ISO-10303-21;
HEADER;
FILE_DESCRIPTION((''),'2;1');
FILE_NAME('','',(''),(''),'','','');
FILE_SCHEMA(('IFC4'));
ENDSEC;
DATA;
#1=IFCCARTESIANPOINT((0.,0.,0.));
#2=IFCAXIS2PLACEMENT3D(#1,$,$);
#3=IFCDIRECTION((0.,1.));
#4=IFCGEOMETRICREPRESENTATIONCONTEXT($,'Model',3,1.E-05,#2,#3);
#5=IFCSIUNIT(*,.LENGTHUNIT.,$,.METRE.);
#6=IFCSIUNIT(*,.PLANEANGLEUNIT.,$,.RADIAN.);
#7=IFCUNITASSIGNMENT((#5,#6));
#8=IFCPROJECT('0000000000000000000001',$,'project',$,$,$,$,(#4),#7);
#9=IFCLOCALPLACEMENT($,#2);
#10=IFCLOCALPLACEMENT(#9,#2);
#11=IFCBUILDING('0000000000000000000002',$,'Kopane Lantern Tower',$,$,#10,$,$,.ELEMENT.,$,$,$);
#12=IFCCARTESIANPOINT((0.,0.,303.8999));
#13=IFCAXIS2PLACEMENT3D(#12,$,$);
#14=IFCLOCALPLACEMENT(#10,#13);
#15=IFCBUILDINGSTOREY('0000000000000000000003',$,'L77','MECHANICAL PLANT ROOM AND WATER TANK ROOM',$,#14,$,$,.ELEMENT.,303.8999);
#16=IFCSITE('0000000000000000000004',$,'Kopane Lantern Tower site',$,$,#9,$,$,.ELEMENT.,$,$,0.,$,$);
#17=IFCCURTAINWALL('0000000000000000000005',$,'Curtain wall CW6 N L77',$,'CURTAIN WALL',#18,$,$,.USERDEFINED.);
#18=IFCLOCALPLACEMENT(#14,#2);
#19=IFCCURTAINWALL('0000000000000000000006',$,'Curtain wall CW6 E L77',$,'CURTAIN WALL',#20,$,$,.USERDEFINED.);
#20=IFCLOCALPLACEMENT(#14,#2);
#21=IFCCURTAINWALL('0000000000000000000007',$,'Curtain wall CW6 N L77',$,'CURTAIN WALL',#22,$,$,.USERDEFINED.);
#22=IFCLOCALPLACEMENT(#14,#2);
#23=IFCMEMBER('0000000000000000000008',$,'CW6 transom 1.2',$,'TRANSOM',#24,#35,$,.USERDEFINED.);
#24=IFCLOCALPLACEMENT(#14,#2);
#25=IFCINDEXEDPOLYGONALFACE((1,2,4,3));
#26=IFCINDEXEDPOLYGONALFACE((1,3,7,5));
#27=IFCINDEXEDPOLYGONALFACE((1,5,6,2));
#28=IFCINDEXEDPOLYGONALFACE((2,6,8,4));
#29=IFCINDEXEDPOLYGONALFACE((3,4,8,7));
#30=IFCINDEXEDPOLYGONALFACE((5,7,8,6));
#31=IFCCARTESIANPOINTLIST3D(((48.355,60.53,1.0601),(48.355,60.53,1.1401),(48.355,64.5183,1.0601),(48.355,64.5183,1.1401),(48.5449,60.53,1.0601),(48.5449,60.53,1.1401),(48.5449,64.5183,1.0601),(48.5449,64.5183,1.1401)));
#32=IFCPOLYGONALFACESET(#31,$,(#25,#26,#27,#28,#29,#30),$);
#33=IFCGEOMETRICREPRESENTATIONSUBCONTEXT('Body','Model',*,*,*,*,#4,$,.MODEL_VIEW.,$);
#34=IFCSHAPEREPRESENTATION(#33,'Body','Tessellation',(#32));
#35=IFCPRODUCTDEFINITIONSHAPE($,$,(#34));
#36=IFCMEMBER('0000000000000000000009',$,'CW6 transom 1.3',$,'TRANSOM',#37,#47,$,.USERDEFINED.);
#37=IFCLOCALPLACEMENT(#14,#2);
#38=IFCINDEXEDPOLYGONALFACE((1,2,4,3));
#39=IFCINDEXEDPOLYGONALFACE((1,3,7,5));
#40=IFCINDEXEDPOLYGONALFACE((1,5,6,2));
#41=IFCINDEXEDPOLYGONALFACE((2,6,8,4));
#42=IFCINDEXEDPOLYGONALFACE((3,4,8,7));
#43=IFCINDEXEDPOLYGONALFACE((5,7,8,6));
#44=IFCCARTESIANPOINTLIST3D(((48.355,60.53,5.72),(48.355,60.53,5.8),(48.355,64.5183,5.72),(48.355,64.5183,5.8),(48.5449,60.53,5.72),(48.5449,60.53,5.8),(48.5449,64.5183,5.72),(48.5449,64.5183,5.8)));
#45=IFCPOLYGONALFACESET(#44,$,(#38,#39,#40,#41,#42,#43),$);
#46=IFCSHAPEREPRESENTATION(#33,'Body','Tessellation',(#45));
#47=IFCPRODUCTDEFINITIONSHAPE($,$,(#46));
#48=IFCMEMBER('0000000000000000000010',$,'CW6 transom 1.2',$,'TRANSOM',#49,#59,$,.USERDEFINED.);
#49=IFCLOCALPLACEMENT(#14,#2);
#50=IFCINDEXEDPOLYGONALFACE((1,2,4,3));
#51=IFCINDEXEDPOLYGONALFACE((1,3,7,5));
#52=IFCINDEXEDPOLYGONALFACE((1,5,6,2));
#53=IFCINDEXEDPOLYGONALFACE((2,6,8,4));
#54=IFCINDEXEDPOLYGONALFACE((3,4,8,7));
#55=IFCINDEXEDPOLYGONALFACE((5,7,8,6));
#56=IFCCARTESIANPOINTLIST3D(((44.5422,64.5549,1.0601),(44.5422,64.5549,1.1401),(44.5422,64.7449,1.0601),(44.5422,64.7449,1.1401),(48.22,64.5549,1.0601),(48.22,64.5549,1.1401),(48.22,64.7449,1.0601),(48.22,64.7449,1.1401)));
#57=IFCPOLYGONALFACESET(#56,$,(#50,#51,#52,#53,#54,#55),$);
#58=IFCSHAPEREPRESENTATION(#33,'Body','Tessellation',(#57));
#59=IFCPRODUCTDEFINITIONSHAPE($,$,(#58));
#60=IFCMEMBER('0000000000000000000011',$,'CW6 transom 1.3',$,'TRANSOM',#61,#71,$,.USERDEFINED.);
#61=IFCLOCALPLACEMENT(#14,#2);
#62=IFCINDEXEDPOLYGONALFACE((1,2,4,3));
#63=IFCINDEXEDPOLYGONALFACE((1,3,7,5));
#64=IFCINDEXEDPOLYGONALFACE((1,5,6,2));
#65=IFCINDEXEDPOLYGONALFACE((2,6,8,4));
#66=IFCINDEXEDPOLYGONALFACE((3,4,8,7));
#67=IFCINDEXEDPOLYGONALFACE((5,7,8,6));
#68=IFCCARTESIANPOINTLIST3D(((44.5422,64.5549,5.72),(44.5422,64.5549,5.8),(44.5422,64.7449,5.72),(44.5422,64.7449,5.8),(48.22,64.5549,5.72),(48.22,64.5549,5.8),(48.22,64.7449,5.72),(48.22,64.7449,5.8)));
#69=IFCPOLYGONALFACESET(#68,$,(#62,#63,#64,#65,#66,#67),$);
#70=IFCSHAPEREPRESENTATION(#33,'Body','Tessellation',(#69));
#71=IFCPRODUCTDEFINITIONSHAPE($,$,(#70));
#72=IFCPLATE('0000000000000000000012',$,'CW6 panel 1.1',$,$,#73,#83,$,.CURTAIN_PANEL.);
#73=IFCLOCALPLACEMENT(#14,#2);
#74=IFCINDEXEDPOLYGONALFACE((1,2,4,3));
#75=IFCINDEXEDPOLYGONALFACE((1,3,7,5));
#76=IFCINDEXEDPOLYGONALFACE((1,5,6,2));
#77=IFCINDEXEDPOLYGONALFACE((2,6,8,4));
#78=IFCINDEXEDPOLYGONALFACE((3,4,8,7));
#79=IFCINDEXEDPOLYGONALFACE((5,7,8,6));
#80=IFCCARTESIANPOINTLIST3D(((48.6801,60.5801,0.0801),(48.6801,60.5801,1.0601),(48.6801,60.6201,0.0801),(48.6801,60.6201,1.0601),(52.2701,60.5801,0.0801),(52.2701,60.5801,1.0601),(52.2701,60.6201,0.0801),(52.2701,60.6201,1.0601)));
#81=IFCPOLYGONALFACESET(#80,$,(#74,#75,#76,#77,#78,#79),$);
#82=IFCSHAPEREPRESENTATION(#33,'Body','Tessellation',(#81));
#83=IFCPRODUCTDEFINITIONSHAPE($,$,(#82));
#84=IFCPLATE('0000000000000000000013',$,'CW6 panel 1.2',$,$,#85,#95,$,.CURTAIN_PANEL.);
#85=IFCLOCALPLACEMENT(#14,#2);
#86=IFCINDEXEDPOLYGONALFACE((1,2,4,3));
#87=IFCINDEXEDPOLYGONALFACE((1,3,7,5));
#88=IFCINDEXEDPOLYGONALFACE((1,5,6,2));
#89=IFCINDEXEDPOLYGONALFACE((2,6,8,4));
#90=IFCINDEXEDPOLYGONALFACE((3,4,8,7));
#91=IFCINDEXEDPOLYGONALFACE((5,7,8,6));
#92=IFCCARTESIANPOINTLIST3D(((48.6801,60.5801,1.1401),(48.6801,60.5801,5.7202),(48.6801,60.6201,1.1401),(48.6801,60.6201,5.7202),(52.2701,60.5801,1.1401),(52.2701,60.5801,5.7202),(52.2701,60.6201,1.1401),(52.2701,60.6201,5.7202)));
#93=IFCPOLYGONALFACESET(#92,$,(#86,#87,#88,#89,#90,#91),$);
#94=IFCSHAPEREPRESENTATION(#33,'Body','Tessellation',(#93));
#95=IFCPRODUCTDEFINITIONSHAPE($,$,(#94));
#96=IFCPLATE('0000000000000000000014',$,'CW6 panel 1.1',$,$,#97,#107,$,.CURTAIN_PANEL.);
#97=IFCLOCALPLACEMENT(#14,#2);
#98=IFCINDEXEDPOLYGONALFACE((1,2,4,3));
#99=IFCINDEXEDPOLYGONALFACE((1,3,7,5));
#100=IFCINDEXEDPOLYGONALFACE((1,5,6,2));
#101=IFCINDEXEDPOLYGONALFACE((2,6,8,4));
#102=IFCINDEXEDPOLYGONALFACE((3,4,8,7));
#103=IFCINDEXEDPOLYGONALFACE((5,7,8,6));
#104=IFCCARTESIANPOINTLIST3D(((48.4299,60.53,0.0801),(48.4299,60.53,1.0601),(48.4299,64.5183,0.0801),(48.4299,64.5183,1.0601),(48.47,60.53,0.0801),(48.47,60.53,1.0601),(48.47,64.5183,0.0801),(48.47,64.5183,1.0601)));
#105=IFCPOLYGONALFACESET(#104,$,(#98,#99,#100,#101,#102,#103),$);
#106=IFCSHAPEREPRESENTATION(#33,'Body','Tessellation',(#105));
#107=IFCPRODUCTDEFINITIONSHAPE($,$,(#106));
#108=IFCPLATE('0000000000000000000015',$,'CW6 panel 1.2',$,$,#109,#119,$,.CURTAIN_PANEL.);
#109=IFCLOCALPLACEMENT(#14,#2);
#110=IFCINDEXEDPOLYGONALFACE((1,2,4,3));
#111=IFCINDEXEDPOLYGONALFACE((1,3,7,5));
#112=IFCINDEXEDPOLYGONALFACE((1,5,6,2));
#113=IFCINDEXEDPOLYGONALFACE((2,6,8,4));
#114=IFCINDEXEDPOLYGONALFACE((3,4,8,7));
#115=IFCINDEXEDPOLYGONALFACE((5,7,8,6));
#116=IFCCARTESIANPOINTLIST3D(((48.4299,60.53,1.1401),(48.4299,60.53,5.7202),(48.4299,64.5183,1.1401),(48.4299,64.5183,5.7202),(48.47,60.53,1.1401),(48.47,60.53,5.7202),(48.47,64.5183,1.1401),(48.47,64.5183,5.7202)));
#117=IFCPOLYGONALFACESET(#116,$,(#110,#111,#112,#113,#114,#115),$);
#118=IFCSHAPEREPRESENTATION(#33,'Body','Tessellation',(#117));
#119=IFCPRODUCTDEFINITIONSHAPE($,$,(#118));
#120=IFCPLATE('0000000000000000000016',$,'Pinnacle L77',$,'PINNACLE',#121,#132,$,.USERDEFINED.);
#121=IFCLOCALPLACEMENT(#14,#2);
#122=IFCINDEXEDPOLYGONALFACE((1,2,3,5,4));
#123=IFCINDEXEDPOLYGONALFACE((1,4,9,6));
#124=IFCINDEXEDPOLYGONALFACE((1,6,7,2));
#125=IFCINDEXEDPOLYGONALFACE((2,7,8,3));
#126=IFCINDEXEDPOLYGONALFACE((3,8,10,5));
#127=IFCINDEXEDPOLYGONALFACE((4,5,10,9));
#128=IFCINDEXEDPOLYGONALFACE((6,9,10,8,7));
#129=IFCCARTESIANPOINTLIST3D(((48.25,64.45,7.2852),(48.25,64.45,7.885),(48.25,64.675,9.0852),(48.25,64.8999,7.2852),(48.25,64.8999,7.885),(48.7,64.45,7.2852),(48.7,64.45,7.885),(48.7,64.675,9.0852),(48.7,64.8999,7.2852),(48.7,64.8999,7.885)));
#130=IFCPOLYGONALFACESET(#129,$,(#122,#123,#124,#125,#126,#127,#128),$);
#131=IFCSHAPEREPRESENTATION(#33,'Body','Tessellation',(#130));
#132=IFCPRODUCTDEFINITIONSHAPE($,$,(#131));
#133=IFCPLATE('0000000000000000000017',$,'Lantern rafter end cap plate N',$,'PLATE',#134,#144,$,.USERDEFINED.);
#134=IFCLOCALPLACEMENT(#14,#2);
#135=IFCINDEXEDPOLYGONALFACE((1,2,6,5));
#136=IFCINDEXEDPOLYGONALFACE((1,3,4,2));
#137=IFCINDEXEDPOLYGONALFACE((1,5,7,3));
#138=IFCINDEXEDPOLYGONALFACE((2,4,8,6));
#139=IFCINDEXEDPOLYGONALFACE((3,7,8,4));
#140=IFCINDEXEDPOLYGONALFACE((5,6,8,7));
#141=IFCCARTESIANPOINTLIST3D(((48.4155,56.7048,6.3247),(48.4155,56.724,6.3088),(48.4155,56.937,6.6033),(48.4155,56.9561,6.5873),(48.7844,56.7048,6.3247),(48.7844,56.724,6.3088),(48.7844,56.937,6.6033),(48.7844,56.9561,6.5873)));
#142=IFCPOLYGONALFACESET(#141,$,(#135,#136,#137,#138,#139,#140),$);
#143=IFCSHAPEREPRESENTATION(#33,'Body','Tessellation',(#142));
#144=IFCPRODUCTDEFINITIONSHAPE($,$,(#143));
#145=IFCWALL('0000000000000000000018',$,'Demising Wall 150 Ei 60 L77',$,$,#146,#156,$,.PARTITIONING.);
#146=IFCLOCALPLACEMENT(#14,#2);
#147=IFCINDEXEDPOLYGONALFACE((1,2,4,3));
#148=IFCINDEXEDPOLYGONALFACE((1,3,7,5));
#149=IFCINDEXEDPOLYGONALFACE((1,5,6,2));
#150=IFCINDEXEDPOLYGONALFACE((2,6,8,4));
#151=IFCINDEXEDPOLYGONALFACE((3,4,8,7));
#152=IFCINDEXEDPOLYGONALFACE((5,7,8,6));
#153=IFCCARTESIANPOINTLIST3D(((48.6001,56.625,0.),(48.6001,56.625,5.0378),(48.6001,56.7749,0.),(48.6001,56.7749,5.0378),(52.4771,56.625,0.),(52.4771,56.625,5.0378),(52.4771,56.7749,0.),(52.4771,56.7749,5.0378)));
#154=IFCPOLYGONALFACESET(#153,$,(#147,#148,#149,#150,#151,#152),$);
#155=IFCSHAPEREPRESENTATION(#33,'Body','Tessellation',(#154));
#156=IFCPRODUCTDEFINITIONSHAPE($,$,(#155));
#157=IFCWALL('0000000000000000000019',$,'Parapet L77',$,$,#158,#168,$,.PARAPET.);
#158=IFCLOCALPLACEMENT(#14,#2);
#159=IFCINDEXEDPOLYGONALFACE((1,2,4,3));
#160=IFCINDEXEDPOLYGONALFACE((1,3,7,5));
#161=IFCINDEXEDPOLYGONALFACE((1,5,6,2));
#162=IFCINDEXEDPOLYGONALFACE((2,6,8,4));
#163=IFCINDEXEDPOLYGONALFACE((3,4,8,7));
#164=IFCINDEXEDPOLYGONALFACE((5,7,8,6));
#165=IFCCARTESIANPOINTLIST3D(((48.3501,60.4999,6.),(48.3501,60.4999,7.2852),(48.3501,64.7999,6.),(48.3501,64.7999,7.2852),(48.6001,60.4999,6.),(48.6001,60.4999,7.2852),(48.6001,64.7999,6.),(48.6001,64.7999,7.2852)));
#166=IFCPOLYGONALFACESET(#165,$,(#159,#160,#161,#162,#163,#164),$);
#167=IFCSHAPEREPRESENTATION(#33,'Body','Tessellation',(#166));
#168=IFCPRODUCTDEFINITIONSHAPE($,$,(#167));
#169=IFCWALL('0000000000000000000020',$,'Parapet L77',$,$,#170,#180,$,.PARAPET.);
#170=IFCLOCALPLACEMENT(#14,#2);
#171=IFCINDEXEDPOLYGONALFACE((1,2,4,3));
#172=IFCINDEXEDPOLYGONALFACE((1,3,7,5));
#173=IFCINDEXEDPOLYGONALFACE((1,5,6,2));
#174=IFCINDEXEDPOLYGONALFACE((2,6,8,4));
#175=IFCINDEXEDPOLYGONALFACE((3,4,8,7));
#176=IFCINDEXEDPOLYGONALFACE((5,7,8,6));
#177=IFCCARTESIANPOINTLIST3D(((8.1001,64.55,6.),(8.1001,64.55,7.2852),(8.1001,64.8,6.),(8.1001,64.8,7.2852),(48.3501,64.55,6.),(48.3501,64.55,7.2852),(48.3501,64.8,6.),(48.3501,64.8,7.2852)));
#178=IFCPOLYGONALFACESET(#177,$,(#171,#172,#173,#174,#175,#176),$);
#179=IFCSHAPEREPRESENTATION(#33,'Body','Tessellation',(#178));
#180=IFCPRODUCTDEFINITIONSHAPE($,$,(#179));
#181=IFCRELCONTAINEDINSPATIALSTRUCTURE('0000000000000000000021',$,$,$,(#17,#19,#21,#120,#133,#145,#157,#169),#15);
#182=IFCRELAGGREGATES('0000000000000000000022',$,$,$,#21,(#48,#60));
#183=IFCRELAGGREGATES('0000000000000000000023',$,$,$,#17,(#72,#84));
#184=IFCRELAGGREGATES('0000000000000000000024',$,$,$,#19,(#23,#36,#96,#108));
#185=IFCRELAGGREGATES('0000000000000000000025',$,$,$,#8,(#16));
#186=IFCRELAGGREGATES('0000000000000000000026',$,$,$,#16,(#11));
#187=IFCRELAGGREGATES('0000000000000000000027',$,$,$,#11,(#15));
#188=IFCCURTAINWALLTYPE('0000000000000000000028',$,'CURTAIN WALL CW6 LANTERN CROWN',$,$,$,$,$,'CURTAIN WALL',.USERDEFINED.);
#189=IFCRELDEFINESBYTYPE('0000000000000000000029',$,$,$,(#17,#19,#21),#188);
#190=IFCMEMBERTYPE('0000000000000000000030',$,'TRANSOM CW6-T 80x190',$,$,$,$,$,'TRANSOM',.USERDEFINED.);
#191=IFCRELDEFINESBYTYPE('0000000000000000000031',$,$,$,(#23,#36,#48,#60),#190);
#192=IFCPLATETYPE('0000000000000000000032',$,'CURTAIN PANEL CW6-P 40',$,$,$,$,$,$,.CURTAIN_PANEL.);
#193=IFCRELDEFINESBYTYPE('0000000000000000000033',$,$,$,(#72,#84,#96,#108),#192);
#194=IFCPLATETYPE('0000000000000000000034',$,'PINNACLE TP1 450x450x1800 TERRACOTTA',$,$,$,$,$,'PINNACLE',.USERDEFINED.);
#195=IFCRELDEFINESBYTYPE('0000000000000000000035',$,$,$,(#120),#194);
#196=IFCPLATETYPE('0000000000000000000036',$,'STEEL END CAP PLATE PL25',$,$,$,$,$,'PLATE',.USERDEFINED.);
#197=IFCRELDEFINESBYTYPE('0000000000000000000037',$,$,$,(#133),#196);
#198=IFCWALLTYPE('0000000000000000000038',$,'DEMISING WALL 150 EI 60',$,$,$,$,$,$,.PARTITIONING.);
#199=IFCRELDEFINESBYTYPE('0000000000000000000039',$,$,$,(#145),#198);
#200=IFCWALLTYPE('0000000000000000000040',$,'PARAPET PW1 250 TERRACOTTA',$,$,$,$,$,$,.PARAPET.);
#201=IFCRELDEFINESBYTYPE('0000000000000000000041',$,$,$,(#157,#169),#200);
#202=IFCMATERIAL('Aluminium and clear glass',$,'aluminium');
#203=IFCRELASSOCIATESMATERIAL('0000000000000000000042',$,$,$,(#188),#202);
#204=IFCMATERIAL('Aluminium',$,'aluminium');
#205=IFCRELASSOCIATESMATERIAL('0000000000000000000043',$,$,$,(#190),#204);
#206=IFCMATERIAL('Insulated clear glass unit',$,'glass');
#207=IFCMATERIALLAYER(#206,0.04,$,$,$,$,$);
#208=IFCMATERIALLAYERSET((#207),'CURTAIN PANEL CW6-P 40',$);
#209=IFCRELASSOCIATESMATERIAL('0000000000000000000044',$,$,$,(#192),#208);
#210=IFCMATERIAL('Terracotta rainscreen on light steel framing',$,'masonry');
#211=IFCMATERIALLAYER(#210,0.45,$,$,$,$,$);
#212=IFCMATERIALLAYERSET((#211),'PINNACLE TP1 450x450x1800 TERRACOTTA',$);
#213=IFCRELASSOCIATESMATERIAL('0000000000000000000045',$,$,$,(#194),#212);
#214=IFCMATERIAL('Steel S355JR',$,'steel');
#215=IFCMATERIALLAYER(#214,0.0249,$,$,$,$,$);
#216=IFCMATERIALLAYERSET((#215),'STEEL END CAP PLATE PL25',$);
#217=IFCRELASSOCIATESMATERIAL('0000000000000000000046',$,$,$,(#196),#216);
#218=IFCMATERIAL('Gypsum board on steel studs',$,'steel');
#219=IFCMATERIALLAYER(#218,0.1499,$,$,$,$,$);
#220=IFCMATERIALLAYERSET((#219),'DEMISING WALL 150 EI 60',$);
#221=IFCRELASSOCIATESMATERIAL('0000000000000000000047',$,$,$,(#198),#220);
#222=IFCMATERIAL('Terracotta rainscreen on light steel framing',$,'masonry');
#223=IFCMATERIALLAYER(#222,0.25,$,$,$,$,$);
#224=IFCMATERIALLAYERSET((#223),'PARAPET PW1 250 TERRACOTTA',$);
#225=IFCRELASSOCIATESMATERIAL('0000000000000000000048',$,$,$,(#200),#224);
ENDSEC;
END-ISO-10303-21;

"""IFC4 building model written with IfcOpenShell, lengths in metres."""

from ifc_helpers import new_model, si_unit, direction, frame, frame_2d, origin, origin_2d, place, context, subcontext, project, spatial, polyline, rectangle, outline, extrude, material, layer, layer_set, material_profile, profile_set, type_object, element, aggregate, save


model = new_model("IFC4")

# Units and contexts
model_context = context("Model", 3, precision=1e-05, world=origin(), true_north=direction((0.0, 1.0)))
body_context = subcontext(model_context, "Body", "Model", "MODEL_VIEW")
ifc_project = project(units=[si_unit("LENGTHUNIT", "METRE"), si_unit("PLANEANGLEUNIT", "RADIAN")], contexts=[model_context])

# Site, building, storey
site_placement = place(None, origin())
site = spatial("IfcSite", under=ifc_project, at=site_placement, Name="Kopane Lantern Tower site", CompositionType="ELEMENT", RefElevation=0.0)
building_placement = place(site_placement, origin())
building = spatial("IfcBuilding", under=site, at=building_placement, Name="Kopane Lantern Tower", CompositionType="ELEMENT")
storey_placement = place(building_placement, frame((0.0, 0.0, 303.8999)))
storey = spatial("IfcBuildingStorey", under=building, at=storey_placement, Name="L77", Description="MECHANICAL PLANT ROOM AND WATER TANK ROOM", CompositionType="ELEMENT", Elevation=303.8999)

# Curtain wall
ifc_material_1 = material(Name="Aluminium and clear glass", Category="aluminium")
curtain_wall_type = type_object("IfcCurtainWallType", Name="CURTAIN WALL CW6 LANTERN CROWN", ElementType="CURTAIN WALL", PredefinedType="USERDEFINED", material=ifc_material_1)
curtain_wall_1_placement = place(storey_placement, origin())
curtain_wall_1 = element("IfcCurtainWall", 1, at=curtain_wall_1_placement, inside=storey, type_object=curtain_wall_type, Name="Curtain wall CW6 N L77", ObjectType="CURTAIN WALL", PredefinedType="USERDEFINED")

# Curtain wall
curtain_wall_2_placement = place(storey_placement, origin())
curtain_wall_2 = element("IfcCurtainWall", 2, at=curtain_wall_2_placement, inside=storey, type_object=curtain_wall_type, Name="Curtain wall CW6 E L77", ObjectType="CURTAIN WALL", PredefinedType="USERDEFINED")

# Curtain wall
curtain_wall_3_placement = place(storey_placement, origin())
curtain_wall_3 = element("IfcCurtainWall", 3, at=curtain_wall_3_placement, inside=storey, type_object=curtain_wall_type, Name="Curtain wall CW6 N L77", ObjectType="CURTAIN WALL", PredefinedType="USERDEFINED")

# Members
ifc_material_2 = material(Name="Aluminium", Category="aluminium")
ifc_material_profile_1 = material_profile(ifc_material_2, rectangle(XDim=0.1899, YDim=0.0801, at=origin_2d()), Name="AL 190x80")
ifc_profile_set_1 = profile_set([ifc_material_profile_1], Name="Aluminium")
member_type_1 = type_object("IfcMemberType", Name="TRANSOM CW6-T 80x190", ElementType="TRANSOM", PredefinedType="USERDEFINED", material=ifc_profile_set_1)
member_1_placement = place(storey_placement, frame((48.45, 60.53, 1.1001), z_axis=(0.0, 1.0, 0.0), x_axis=(-1.0, 0.0, 0.0)))
member_1 = element("IfcMember", 4, at=member_1_placement, type_object=member_type_1, Name="CW6 transom 1.2", ObjectType="TRANSOM", PredefinedType="USERDEFINED", context=body_context, shape_type="SweptSolid", body=[
    extrude(rectangle(XDim=0.1899, YDim=0.0801, at=origin_2d()), origin(), (0.0, 0.0, 1.0), 3.9883),
])
member_2_placement = place(storey_placement, frame((48.45, 60.53, 5.76), z_axis=(0.0, 1.0, 0.0), x_axis=(-1.0, 0.0, 0.0)))
member_2 = element("IfcMember", 5, at=member_2_placement, type_object=member_type_1, Name="CW6 transom 1.3", ObjectType="TRANSOM", PredefinedType="USERDEFINED", context=body_context, shape_type="SweptSolid", body=[
    extrude(rectangle(XDim=0.1899, YDim=0.0801, at=origin_2d()), origin(), (0.0, 0.0, 1.0), 3.9883),
])
member_3_placement = place(storey_placement, frame((48.22, 64.6499, 1.1001), z_axis=(-1.0, 0.0, 0.0), x_axis=(0.0, -1.0, 0.0)))
member_3 = element("IfcMember", 6, at=member_3_placement, type_object=member_type_1, Name="CW6 transom 1.2", ObjectType="TRANSOM", PredefinedType="USERDEFINED", context=body_context, shape_type="SweptSolid", body=[
    extrude(rectangle(XDim=0.1899, YDim=0.0801, at=origin_2d()), origin(), (0.0, 0.0, 1.0), 3.6777),
])
member_4_placement = place(storey_placement, frame((48.22, 64.6499, 5.76), z_axis=(-1.0, 0.0, 0.0), x_axis=(0.0, -1.0, 0.0)))
member_4 = element("IfcMember", 7, at=member_4_placement, type_object=member_type_1, Name="CW6 transom 1.3", ObjectType="TRANSOM", PredefinedType="USERDEFINED", context=body_context, shape_type="SweptSolid", body=[
    extrude(rectangle(XDim=0.1899, YDim=0.0801, at=origin_2d()), origin(), (0.0, 0.0, 1.0), 3.6777),
])
aggregate(curtain_wall_3, [member_3, member_4])

# Plates
ifc_material_3 = material(Name="Insulated clear glass unit", Category="glass")
ifc_layer_1 = layer(ifc_material_3, 0.04)
ifc_layer_set_1 = layer_set([ifc_layer_1], Name="CURTAIN PANEL CW6-P 40")
plate_type_1 = type_object("IfcPlateType", Name="CURTAIN PANEL CW6-P 40", PredefinedType="CURTAIN_PANEL", material=ifc_layer_set_1)
plate_1_placement = place(storey_placement, frame((50.4751, 60.6001, 0.0801), z_axis=(0.0, 0.0, 1.0), x_axis=(-1.0, 0.0, 0.0)))
plate_1 = element("IfcPlate", 8, at=plate_1_placement, type_object=plate_type_1, Name="CW6 panel 1.1", PredefinedType="CURTAIN_PANEL", context=body_context, shape_type="SweptSolid", body=[
    extrude(rectangle(XDim=3.5901, YDim=0.04, at=origin_2d()), origin(), (0.0, 0.0, 1.0), 0.98),
])
plate_2_placement = place(storey_placement, frame((50.4751, 60.6001, 1.1401), z_axis=(0.0, 0.0, 1.0), x_axis=(-1.0, 0.0, 0.0)))
plate_2 = element("IfcPlate", 9, at=plate_2_placement, type_object=plate_type_1, Name="CW6 panel 1.2", PredefinedType="CURTAIN_PANEL", context=body_context, shape_type="SweptSolid", body=[
    extrude(rectangle(XDim=3.5901, YDim=0.04, at=origin_2d()), origin(), (0.0, 0.0, 1.0), 4.5801),
])
aggregate(curtain_wall_1, [plate_1, plate_2])
plate_3_placement = place(storey_placement, frame((48.45, 62.5242, 0.0801), z_axis=(0.0, 0.0, 1.0), x_axis=(0.0, 1.0, 0.0)))
plate_3 = element("IfcPlate", 10, at=plate_3_placement, type_object=plate_type_1, Name="CW6 panel 1.1", PredefinedType="CURTAIN_PANEL", context=body_context, shape_type="SweptSolid", body=[
    extrude(rectangle(XDim=3.9883, YDim=0.04, at=origin_2d()), origin(), (0.0, 0.0, 1.0), 0.98),
])
plate_4_placement = place(storey_placement, frame((48.45, 62.5242, 1.1401), z_axis=(0.0, 0.0, 1.0), x_axis=(0.0, 1.0, 0.0)))
plate_4 = element("IfcPlate", 11, at=plate_4_placement, type_object=plate_type_1, Name="CW6 panel 1.2", PredefinedType="CURTAIN_PANEL", context=body_context, shape_type="SweptSolid", body=[
    extrude(rectangle(XDim=3.9883, YDim=0.04, at=origin_2d()), origin(), (0.0, 0.0, 1.0), 4.5801),
])
aggregate(curtain_wall_2, [member_1, member_2, plate_3, plate_4])

# Plates
ifc_material_4 = material(Name="Terracotta rainscreen on light steel framing", Category="masonry")
ifc_layer_2 = layer(ifc_material_4, 0.45)
ifc_layer_set_2 = layer_set([ifc_layer_2], Name="PINNACLE TP1 450x450x1800 TERRACOTTA")
plate_type_2 = type_object("IfcPlateType", Name="PINNACLE TP1 450x450x1800 TERRACOTTA", ElementType="PINNACLE", PredefinedType="USERDEFINED", material=ifc_layer_set_2)
plate_5_placement = place(storey_placement, frame((48.4751, 64.45, 7.2852), z_axis=(0.0, 0.0, 1.0), x_axis=(0.0, 1.0, 0.0)))
element("IfcPlate", 12, at=plate_5_placement, inside=storey, type_object=plate_type_2, Name="Pinnacle L77", ObjectType="PINNACLE", PredefinedType="USERDEFINED", context=body_context, shape_type="SweptSolid", body=[
    extrude(outline(polyline([(0.0, 0.0), (0.45, 0.0), (0.45, 0.5999), (0.2251, 1.8), (0.0, 0.5999), (0.0, 0.0)])), frame((0.0, 0.2251, 0.0), z_axis=(0.0, -1.0, 0.0), x_axis=(1.0, 0.0, 0.0)), (0.0, 0.0, 1.0), 0.45),
])
ifc_material_5 = material(Name="Steel S355JR", Category="steel")
ifc_layer_3 = layer(ifc_material_5, 0.0249)
ifc_layer_set_3 = layer_set([ifc_layer_3], Name="STEEL END CAP PLATE PL25")
plate_type_3 = type_object("IfcPlateType", Name="STEEL END CAP PLATE PL25", ElementType="PLATE", PredefinedType="USERDEFINED", material=ifc_layer_set_3)
plate_6_placement = place(storey_placement, frame((48.4155, 56.7048, 6.3247), z_axis=(0.0, -0.768166, 0.640251), x_axis=(1.0, 0.0, 0.0)))
element("IfcPlate", 13, at=plate_6_placement, inside=storey, type_object=plate_type_3, Name="Lantern rafter end cap plate N", ObjectType="PLATE", PredefinedType="USERDEFINED", context=body_context, shape_type="SweptSolid", body=[
    extrude(outline(polyline([(0.0, 0.0), (0.3689, 0.0), (0.3689, 0.3626), (0.0, 0.3626), (0.0, 0.0)])), origin(), (0.0, 0.0, -1.0), 0.0249),
])

# Walls
ifc_material_6 = material(Name="Gypsum board on steel studs", Category="steel")
ifc_layer_4 = layer(ifc_material_6, 0.1499)
ifc_layer_set_4 = layer_set([ifc_layer_4], Name="DEMISING WALL 150 EI 60")
wall_type_1 = type_object("IfcWallType", Name="DEMISING WALL 150 EI 60", PredefinedType="PARTITIONING", material=ifc_layer_set_4)
wall_1_placement = place(storey_placement, frame((48.6001, 56.7, 0.0), z_axis=(0.0, 0.0, 1.0), x_axis=(1.0, 0.0, 0.0)))
element("IfcWall", 14, at=wall_1_placement, inside=storey, type_object=wall_type_1, Name="Demising Wall 150 Ei 60 L77", PredefinedType="PARTITIONING", context=body_context, shape_type="SweptSolid", body=[
    extrude(rectangle(XDim=3.877, YDim=0.1499, at=frame_2d((1.9385, 0.0))), origin(), (0.0, 0.0, 1.0), 5.0378),
])
ifc_material_7 = material(Name="Terracotta rainscreen on light steel framing", Category="masonry")
ifc_layer_5 = layer(ifc_material_7, 0.25)
ifc_layer_set_5 = layer_set([ifc_layer_5], Name="PARAPET PW1 250 TERRACOTTA")
wall_type_2 = type_object("IfcWallType", Name="PARAPET PW1 250 TERRACOTTA", PredefinedType="PARAPET", material=ifc_layer_set_5)
wall_2_placement = place(storey_placement, frame((48.4751, 60.5, 6.0), z_axis=(0.0, 0.0, 1.0), x_axis=(0.0, 1.0, 0.0)))
element("IfcWall", 15, at=wall_2_placement, inside=storey, type_object=wall_type_2, Name="Parapet L77", PredefinedType="PARAPET", context=body_context, shape_type="SweptSolid", body=[
    extrude(rectangle(XDim=4.3, YDim=0.25, at=frame_2d((2.1499, 0.0))), origin(), (0.0, 0.0, 1.0), 1.2852),
])
wall_3_placement = place(storey_placement, frame((48.3501, 64.675, 6.0), z_axis=(0.0, 0.0, 1.0), x_axis=(-1.0, 0.0, 0.0)))
element("IfcWall", 16, at=wall_3_placement, inside=storey, type_object=wall_type_2, Name="Parapet L77", PredefinedType="PARAPET", context=body_context, shape_type="SweptSolid", body=[
    extrude(rectangle(XDim=40.25, YDim=0.25, at=frame_2d((20.125, 0.0))), origin(), (0.0, 0.0, 1.0), 1.2852),
])

save(model, "model.ifc")
